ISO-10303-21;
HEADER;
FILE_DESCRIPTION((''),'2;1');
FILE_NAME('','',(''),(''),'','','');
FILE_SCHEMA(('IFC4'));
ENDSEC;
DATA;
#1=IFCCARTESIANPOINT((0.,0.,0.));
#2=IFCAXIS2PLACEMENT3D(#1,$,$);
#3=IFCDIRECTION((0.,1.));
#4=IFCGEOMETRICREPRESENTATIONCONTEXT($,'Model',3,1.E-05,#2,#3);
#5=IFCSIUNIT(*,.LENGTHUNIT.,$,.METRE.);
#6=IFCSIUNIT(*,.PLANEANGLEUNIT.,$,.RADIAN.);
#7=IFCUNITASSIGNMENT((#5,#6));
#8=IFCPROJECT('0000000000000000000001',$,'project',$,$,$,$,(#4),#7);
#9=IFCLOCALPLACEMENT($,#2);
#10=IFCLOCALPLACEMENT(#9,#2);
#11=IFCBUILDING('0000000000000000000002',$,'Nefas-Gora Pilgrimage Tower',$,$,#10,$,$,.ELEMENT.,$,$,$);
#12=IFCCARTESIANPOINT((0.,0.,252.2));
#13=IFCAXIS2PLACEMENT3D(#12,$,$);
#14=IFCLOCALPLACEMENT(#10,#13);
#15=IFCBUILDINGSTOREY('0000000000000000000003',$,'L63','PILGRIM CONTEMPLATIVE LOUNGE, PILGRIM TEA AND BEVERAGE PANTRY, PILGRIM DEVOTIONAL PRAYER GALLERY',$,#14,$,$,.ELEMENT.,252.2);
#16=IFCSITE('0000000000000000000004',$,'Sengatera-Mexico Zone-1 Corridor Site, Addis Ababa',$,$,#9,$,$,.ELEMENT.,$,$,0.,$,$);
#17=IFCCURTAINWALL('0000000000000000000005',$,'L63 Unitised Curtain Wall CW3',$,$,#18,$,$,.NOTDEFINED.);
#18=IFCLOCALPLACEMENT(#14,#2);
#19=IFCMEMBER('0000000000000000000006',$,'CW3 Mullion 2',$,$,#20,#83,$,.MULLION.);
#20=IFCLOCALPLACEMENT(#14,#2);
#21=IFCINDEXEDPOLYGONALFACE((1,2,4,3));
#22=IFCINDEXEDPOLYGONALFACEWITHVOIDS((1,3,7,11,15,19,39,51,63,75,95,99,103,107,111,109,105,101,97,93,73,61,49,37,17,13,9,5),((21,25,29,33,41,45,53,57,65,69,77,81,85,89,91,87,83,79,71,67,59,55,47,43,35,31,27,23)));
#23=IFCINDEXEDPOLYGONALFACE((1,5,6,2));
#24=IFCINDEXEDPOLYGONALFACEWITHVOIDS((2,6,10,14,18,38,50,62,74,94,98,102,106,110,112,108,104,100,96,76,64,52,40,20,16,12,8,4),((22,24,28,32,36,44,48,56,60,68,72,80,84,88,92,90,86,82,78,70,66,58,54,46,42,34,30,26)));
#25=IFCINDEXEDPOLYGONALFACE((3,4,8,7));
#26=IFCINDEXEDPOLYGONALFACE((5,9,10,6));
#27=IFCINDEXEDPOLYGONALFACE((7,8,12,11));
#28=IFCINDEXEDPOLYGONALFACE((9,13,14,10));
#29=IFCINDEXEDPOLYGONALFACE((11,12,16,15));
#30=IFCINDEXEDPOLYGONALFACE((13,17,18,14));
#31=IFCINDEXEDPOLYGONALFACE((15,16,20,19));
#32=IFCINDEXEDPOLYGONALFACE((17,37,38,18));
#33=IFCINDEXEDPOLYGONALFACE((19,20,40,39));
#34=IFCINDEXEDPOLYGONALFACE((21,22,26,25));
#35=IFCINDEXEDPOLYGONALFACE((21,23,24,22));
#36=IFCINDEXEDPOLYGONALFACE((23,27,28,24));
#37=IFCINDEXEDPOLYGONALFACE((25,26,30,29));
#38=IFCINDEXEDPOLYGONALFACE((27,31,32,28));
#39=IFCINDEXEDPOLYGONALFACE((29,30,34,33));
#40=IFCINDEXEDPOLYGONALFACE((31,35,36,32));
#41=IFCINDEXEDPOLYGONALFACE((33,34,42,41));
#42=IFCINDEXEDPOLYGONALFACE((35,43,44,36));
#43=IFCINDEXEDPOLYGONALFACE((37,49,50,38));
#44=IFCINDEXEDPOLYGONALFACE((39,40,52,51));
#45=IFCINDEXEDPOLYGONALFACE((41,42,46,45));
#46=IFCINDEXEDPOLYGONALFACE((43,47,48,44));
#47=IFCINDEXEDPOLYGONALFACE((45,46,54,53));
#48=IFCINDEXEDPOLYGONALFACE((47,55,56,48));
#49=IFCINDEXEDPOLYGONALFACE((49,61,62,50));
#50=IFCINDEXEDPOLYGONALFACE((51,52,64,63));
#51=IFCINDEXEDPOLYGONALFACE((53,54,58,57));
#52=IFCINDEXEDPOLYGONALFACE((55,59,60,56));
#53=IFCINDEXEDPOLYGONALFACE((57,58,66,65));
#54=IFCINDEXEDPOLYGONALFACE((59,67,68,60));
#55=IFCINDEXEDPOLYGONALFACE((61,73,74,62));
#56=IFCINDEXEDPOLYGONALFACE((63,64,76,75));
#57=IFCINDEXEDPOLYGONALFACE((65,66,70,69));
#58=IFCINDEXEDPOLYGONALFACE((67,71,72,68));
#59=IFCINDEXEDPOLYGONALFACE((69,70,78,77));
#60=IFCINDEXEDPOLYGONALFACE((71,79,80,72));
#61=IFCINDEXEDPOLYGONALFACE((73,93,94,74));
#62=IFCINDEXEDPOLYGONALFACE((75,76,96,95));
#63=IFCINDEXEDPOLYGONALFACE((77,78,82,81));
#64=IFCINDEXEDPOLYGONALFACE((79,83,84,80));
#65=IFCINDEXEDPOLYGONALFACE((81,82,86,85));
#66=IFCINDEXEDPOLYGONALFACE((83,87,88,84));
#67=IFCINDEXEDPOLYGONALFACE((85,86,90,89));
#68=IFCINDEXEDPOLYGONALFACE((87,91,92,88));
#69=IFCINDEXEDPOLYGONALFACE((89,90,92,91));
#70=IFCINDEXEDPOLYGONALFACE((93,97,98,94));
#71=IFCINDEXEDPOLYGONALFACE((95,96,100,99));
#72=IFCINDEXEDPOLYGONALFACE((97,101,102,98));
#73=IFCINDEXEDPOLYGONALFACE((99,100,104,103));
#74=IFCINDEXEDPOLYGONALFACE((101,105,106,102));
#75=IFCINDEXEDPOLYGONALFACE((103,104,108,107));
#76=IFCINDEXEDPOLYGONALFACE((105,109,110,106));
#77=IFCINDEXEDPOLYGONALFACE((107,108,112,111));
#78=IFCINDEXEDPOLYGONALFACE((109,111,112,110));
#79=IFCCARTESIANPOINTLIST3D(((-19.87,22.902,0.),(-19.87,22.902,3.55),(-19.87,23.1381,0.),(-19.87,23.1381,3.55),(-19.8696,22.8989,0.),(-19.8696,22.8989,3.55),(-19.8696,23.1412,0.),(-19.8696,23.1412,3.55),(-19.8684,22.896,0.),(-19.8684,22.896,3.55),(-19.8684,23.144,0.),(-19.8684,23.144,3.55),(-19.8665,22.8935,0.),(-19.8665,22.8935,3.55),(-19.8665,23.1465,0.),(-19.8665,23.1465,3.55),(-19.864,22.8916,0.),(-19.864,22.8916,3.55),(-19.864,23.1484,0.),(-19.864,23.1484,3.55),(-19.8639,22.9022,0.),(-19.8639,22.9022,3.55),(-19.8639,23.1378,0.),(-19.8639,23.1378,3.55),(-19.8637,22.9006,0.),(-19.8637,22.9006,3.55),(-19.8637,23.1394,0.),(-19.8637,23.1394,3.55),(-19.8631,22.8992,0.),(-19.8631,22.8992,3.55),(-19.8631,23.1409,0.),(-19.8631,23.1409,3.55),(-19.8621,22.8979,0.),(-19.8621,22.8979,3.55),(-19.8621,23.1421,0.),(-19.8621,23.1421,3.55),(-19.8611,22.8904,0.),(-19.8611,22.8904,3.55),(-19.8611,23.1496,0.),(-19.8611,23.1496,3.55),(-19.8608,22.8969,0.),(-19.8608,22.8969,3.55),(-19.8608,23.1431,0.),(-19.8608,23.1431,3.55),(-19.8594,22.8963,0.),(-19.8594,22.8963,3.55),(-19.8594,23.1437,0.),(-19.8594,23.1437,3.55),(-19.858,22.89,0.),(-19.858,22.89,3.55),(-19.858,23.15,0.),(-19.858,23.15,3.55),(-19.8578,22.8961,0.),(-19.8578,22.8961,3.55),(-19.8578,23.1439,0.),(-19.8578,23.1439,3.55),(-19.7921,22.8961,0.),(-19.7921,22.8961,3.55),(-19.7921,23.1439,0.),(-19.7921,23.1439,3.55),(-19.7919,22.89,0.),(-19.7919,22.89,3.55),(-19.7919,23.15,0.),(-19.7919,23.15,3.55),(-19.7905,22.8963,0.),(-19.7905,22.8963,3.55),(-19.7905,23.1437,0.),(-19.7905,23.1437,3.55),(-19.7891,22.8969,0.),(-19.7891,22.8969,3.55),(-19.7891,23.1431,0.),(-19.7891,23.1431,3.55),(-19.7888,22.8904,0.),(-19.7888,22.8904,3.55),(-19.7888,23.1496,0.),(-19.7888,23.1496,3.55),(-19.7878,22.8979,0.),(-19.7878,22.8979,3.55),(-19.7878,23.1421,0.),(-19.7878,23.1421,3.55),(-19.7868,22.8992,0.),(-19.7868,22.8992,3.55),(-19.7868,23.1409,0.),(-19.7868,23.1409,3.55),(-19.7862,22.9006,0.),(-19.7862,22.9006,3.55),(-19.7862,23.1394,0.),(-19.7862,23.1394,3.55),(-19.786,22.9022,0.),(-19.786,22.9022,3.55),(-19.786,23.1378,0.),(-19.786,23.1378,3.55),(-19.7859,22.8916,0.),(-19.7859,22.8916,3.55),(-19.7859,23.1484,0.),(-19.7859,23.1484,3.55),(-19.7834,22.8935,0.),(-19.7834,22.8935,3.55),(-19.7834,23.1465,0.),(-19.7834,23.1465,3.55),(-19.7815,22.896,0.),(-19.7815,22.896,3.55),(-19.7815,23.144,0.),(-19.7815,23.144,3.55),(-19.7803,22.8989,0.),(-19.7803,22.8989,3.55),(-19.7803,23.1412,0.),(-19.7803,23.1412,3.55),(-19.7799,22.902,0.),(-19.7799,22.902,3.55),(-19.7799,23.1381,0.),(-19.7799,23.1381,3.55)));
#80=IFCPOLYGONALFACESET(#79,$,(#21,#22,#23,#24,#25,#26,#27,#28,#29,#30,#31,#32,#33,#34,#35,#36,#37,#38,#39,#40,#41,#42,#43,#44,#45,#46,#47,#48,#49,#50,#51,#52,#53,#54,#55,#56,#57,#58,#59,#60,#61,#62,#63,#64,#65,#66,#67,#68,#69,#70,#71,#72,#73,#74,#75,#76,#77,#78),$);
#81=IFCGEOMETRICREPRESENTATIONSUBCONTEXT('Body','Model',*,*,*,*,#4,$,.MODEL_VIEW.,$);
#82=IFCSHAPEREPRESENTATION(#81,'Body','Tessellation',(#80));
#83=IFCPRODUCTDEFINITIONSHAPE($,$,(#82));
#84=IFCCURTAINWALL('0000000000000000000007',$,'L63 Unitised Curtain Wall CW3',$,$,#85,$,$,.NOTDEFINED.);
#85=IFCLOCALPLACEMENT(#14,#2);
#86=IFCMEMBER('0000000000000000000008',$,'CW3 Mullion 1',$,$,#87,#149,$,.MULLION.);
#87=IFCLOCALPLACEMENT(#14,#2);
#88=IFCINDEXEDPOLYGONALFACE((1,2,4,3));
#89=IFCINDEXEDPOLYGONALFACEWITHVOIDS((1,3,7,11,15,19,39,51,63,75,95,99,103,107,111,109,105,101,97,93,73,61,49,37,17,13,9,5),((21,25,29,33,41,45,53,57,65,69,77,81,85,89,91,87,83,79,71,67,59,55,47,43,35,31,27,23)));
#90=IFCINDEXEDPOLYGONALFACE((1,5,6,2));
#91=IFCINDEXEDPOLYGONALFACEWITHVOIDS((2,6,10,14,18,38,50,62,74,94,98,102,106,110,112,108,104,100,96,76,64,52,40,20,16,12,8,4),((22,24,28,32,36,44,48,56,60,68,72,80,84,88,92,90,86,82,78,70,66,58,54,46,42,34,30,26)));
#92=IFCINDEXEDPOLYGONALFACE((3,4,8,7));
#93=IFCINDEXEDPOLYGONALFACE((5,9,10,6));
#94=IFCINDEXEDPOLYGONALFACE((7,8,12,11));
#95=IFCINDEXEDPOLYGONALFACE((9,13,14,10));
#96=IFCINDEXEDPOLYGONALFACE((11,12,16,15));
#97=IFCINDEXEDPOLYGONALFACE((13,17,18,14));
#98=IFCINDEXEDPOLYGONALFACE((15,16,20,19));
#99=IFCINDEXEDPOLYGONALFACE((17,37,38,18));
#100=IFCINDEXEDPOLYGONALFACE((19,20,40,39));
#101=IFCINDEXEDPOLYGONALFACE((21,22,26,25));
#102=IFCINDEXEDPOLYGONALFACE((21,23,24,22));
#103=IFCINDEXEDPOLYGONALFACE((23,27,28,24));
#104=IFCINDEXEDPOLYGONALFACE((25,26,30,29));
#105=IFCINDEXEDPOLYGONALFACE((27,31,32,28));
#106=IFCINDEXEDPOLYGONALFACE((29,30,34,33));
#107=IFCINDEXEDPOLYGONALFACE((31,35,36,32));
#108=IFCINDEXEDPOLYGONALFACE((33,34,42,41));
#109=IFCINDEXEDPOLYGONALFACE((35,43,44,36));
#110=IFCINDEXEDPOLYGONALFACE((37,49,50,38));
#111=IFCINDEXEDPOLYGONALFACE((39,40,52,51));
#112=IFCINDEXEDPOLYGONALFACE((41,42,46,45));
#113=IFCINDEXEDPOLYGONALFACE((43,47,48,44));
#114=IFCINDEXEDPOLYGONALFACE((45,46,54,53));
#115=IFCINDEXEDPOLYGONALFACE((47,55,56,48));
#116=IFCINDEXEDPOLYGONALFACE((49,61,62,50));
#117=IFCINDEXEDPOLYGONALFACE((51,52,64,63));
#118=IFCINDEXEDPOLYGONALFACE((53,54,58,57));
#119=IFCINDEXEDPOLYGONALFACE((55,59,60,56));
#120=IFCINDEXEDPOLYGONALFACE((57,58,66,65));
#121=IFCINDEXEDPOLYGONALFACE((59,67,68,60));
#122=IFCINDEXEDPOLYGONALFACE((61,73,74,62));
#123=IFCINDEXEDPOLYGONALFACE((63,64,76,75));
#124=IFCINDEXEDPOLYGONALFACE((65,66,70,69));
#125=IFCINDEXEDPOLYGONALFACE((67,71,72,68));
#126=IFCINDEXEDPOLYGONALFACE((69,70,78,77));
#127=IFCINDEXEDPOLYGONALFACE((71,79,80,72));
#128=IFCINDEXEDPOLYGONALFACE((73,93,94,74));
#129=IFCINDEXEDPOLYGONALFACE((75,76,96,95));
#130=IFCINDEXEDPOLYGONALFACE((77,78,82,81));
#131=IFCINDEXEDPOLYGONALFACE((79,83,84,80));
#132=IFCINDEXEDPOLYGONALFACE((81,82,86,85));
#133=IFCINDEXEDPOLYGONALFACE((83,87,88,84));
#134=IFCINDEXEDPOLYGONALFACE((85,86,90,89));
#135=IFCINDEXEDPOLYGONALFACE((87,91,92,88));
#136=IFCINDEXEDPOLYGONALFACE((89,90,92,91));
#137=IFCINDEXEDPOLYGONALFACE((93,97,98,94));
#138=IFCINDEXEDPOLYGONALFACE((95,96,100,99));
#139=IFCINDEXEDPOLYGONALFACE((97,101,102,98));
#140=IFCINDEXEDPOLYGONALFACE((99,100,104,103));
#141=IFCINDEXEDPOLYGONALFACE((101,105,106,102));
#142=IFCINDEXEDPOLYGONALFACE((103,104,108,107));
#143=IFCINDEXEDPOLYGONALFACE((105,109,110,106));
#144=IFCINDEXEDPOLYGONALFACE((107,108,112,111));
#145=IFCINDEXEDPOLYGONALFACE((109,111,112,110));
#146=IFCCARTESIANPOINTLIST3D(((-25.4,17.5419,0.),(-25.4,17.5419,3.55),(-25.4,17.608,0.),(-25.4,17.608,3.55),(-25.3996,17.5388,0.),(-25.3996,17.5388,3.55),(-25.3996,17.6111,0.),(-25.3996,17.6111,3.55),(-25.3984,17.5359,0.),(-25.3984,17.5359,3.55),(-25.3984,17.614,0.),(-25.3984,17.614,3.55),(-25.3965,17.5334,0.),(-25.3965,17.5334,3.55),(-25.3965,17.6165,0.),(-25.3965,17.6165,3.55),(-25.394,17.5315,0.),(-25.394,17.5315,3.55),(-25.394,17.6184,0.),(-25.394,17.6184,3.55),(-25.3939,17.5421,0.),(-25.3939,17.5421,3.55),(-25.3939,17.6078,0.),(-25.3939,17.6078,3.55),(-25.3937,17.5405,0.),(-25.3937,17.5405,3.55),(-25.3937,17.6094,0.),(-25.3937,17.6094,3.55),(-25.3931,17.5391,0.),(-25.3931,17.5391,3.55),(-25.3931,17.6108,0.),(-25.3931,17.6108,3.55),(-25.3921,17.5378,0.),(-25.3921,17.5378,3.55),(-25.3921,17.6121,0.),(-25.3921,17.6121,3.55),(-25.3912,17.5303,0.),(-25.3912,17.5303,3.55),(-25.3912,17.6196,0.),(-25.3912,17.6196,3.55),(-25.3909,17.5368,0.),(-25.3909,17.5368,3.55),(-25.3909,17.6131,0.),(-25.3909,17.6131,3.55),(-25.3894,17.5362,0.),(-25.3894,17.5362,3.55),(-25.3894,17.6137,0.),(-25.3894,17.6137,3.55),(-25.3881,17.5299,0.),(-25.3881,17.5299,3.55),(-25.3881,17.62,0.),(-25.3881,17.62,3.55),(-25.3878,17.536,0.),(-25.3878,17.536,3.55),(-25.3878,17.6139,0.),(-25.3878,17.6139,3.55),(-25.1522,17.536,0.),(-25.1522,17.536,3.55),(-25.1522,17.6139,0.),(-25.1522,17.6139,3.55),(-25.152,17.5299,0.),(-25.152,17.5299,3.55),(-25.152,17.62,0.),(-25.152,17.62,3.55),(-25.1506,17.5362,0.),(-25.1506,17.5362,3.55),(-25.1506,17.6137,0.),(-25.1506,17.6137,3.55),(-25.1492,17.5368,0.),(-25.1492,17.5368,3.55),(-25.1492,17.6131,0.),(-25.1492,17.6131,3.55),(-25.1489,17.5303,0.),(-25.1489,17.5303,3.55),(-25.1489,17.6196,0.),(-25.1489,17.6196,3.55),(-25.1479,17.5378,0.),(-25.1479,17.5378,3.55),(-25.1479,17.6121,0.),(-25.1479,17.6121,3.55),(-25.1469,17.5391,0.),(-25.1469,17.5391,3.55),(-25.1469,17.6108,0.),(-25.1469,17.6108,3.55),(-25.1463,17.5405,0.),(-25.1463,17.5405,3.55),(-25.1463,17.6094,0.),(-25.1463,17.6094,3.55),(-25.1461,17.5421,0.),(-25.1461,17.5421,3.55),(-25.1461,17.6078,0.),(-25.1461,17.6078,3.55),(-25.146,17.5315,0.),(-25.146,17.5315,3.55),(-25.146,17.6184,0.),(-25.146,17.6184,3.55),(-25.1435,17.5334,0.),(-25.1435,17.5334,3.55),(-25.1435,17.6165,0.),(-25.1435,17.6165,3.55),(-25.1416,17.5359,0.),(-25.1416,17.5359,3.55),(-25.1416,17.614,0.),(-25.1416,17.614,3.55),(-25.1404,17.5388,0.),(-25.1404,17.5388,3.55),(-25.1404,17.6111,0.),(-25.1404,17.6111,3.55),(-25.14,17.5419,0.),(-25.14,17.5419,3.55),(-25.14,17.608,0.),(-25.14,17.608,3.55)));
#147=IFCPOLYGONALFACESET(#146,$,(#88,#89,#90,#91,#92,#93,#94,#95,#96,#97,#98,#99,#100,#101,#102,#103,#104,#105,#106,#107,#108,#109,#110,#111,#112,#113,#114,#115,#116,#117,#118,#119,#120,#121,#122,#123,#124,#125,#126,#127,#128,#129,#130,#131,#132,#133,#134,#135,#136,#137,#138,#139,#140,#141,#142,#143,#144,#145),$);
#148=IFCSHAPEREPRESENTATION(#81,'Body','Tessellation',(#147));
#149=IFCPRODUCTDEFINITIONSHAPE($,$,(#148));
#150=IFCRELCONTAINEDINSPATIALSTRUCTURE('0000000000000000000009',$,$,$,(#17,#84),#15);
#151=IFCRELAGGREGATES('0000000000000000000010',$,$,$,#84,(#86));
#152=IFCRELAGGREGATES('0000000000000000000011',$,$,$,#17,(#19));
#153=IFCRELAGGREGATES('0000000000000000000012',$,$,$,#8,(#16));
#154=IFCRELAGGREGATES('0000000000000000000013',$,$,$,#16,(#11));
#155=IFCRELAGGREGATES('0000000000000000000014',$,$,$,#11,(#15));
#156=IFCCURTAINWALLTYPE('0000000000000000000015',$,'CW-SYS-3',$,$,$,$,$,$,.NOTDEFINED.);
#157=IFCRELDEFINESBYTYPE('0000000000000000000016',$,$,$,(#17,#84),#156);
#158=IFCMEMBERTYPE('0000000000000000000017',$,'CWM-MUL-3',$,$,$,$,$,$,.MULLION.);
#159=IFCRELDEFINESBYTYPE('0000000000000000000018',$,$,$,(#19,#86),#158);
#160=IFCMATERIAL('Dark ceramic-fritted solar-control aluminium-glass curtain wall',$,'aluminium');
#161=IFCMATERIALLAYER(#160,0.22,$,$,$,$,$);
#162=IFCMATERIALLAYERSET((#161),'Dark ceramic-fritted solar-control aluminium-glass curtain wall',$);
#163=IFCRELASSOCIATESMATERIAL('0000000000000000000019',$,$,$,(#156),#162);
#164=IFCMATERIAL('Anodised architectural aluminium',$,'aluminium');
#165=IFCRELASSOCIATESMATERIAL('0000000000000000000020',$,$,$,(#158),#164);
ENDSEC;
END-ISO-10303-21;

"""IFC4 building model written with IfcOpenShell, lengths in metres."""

from ifc_helpers import new_model, si_unit, direction, frame, origin, origin_2d, place, context, subcontext, project, spatial, hollow_rectangle, extrude, source, transform, mapped, material, layer, layer_set, material_profile, profile_set, type_object, element, aggregate, save


model = new_model("IFC4")

# Units and contexts
model_context = context("Model", 3, precision=1e-05, world=origin(), true_north=direction((0.0, 1.0)))
body_context = subcontext(model_context, "Body", "Model", "MODEL_VIEW")
ifc_project = project(units=[si_unit("LENGTHUNIT", "METRE"), si_unit("PLANEANGLEUNIT", "RADIAN")], contexts=[model_context])

# Site, building, storey
site_placement = place(None, origin())
site = spatial("IfcSite", under=ifc_project, at=site_placement, Name="Sengatera-Mexico Zone-1 Corridor Site, Addis Ababa", CompositionType="ELEMENT", RefElevation=0.0)
building_placement = place(site_placement, origin())
building = spatial("IfcBuilding", under=site, at=building_placement, Name="Nefas-Gora Pilgrimage Tower", CompositionType="ELEMENT")
storey_placement = place(building_placement, frame((0.0, 0.0, 252.2)))
storey = spatial("IfcBuildingStorey", under=building, at=storey_placement, Name="L63", Description="PILGRIM CONTEMPLATIVE LOUNGE, PILGRIM TEA AND BEVERAGE PANTRY, PILGRIM DEVOTIONAL PRAYER GALLERY", CompositionType="ELEMENT", Elevation=252.2)

# Curtain walls, members
ifc_material_1 = material(Name="Dark ceramic-fritted solar-control aluminium-glass curtain wall", Category="aluminium")
ifc_material_2 = material(Name="Anodised architectural aluminium", Category="aluminium")
ifc_layer_1 = layer(ifc_material_1, 0.22)
ifc_layer_set_1 = layer_set([ifc_layer_1], Name="Dark ceramic-fritted solar-control aluminium-glass curtain wall")
curtain_wall_type_1 = type_object("IfcCurtainWallType", Name="CW-SYS-3", PredefinedType="NOTDEFINED", material=ifc_layer_set_1)
curtain_wall_1_placement = place(storey_placement, origin())
curtain_wall_1 = element("IfcCurtainWall", 1, at=curtain_wall_1_placement, inside=storey, type_object=curtain_wall_type_1, Name="L63 Unitised Curtain Wall CW3", PredefinedType="NOTDEFINED")
ifc_material_profile_1 = material_profile(ifc_material_2, hollow_rectangle(XDim=0.0901, YDim=0.26, WallThickness=0.0061, InnerFilletRadius=0.0061, OuterFilletRadius=0.012, at=origin_2d()), Name="ALU MULLION 90x260")
ifc_profile_set_1 = profile_set([ifc_material_profile_1], Name="Anodised architectural aluminium")
member_type_1 = type_object("IfcMemberType", Name="CWM-MUL-3", PredefinedType="MULLION", material=ifc_profile_set_1)
shared_shape_1 = source(origin(), body_context, "Body", "SweptSolid", [
    extrude(hollow_rectangle(XDim=0.0901, YDim=0.26, WallThickness=0.0061, InnerFilletRadius=0.0061, OuterFilletRadius=0.012, at=origin_2d()), origin(), (0.0, 0.0, 1.0), 3.55),
])
member_1_placement = place(storey_placement, frame((-19.825, 23.02, 0.0), z_axis=(0.0, 0.0, 1.0), x_axis=(-1.0, 0.0, 0.0)))
member_1 = element("IfcMember", 2, at=member_1_placement, type_object=member_type_1, Name="CW3 Mullion 2", PredefinedType="MULLION", context=body_context, shape_type="MappedRepresentation", body=[
    mapped(shared_shape_1, transform((0.0, 0.0, 0.0), x_axis=(1.0, 0.0, 0.0), y_axis=(0.0, 1.0, 0.0), z_axis=(0.0, 0.0, 1.0), scale=1.0)),
])
curtain_wall_2_placement = place(storey_placement, origin())
curtain_wall_2 = element("IfcCurtainWall", 3, at=curtain_wall_2_placement, inside=storey, type_object=curtain_wall_type_1, Name="L63 Unitised Curtain Wall CW3", PredefinedType="NOTDEFINED")
member_2_placement = place(storey_placement, frame((-25.27, 17.575, 0.0), z_axis=(0.0, 0.0, 1.0), x_axis=(0.0, -1.0, 0.0)))
member_2 = element("IfcMember", 4, at=member_2_placement, type_object=member_type_1, Name="CW3 Mullion 1", PredefinedType="MULLION", context=body_context, shape_type="MappedRepresentation", body=[
    mapped(shared_shape_1, transform((0.0, 0.0, 0.0), x_axis=(1.0, 0.0, 0.0), y_axis=(0.0, 1.0, 0.0), z_axis=(0.0, 0.0, 1.0), scale=1.0)),
])

aggregate(curtain_wall_2, [member_2])
aggregate(curtain_wall_1, [member_1])

save(model, "model.ifc")
